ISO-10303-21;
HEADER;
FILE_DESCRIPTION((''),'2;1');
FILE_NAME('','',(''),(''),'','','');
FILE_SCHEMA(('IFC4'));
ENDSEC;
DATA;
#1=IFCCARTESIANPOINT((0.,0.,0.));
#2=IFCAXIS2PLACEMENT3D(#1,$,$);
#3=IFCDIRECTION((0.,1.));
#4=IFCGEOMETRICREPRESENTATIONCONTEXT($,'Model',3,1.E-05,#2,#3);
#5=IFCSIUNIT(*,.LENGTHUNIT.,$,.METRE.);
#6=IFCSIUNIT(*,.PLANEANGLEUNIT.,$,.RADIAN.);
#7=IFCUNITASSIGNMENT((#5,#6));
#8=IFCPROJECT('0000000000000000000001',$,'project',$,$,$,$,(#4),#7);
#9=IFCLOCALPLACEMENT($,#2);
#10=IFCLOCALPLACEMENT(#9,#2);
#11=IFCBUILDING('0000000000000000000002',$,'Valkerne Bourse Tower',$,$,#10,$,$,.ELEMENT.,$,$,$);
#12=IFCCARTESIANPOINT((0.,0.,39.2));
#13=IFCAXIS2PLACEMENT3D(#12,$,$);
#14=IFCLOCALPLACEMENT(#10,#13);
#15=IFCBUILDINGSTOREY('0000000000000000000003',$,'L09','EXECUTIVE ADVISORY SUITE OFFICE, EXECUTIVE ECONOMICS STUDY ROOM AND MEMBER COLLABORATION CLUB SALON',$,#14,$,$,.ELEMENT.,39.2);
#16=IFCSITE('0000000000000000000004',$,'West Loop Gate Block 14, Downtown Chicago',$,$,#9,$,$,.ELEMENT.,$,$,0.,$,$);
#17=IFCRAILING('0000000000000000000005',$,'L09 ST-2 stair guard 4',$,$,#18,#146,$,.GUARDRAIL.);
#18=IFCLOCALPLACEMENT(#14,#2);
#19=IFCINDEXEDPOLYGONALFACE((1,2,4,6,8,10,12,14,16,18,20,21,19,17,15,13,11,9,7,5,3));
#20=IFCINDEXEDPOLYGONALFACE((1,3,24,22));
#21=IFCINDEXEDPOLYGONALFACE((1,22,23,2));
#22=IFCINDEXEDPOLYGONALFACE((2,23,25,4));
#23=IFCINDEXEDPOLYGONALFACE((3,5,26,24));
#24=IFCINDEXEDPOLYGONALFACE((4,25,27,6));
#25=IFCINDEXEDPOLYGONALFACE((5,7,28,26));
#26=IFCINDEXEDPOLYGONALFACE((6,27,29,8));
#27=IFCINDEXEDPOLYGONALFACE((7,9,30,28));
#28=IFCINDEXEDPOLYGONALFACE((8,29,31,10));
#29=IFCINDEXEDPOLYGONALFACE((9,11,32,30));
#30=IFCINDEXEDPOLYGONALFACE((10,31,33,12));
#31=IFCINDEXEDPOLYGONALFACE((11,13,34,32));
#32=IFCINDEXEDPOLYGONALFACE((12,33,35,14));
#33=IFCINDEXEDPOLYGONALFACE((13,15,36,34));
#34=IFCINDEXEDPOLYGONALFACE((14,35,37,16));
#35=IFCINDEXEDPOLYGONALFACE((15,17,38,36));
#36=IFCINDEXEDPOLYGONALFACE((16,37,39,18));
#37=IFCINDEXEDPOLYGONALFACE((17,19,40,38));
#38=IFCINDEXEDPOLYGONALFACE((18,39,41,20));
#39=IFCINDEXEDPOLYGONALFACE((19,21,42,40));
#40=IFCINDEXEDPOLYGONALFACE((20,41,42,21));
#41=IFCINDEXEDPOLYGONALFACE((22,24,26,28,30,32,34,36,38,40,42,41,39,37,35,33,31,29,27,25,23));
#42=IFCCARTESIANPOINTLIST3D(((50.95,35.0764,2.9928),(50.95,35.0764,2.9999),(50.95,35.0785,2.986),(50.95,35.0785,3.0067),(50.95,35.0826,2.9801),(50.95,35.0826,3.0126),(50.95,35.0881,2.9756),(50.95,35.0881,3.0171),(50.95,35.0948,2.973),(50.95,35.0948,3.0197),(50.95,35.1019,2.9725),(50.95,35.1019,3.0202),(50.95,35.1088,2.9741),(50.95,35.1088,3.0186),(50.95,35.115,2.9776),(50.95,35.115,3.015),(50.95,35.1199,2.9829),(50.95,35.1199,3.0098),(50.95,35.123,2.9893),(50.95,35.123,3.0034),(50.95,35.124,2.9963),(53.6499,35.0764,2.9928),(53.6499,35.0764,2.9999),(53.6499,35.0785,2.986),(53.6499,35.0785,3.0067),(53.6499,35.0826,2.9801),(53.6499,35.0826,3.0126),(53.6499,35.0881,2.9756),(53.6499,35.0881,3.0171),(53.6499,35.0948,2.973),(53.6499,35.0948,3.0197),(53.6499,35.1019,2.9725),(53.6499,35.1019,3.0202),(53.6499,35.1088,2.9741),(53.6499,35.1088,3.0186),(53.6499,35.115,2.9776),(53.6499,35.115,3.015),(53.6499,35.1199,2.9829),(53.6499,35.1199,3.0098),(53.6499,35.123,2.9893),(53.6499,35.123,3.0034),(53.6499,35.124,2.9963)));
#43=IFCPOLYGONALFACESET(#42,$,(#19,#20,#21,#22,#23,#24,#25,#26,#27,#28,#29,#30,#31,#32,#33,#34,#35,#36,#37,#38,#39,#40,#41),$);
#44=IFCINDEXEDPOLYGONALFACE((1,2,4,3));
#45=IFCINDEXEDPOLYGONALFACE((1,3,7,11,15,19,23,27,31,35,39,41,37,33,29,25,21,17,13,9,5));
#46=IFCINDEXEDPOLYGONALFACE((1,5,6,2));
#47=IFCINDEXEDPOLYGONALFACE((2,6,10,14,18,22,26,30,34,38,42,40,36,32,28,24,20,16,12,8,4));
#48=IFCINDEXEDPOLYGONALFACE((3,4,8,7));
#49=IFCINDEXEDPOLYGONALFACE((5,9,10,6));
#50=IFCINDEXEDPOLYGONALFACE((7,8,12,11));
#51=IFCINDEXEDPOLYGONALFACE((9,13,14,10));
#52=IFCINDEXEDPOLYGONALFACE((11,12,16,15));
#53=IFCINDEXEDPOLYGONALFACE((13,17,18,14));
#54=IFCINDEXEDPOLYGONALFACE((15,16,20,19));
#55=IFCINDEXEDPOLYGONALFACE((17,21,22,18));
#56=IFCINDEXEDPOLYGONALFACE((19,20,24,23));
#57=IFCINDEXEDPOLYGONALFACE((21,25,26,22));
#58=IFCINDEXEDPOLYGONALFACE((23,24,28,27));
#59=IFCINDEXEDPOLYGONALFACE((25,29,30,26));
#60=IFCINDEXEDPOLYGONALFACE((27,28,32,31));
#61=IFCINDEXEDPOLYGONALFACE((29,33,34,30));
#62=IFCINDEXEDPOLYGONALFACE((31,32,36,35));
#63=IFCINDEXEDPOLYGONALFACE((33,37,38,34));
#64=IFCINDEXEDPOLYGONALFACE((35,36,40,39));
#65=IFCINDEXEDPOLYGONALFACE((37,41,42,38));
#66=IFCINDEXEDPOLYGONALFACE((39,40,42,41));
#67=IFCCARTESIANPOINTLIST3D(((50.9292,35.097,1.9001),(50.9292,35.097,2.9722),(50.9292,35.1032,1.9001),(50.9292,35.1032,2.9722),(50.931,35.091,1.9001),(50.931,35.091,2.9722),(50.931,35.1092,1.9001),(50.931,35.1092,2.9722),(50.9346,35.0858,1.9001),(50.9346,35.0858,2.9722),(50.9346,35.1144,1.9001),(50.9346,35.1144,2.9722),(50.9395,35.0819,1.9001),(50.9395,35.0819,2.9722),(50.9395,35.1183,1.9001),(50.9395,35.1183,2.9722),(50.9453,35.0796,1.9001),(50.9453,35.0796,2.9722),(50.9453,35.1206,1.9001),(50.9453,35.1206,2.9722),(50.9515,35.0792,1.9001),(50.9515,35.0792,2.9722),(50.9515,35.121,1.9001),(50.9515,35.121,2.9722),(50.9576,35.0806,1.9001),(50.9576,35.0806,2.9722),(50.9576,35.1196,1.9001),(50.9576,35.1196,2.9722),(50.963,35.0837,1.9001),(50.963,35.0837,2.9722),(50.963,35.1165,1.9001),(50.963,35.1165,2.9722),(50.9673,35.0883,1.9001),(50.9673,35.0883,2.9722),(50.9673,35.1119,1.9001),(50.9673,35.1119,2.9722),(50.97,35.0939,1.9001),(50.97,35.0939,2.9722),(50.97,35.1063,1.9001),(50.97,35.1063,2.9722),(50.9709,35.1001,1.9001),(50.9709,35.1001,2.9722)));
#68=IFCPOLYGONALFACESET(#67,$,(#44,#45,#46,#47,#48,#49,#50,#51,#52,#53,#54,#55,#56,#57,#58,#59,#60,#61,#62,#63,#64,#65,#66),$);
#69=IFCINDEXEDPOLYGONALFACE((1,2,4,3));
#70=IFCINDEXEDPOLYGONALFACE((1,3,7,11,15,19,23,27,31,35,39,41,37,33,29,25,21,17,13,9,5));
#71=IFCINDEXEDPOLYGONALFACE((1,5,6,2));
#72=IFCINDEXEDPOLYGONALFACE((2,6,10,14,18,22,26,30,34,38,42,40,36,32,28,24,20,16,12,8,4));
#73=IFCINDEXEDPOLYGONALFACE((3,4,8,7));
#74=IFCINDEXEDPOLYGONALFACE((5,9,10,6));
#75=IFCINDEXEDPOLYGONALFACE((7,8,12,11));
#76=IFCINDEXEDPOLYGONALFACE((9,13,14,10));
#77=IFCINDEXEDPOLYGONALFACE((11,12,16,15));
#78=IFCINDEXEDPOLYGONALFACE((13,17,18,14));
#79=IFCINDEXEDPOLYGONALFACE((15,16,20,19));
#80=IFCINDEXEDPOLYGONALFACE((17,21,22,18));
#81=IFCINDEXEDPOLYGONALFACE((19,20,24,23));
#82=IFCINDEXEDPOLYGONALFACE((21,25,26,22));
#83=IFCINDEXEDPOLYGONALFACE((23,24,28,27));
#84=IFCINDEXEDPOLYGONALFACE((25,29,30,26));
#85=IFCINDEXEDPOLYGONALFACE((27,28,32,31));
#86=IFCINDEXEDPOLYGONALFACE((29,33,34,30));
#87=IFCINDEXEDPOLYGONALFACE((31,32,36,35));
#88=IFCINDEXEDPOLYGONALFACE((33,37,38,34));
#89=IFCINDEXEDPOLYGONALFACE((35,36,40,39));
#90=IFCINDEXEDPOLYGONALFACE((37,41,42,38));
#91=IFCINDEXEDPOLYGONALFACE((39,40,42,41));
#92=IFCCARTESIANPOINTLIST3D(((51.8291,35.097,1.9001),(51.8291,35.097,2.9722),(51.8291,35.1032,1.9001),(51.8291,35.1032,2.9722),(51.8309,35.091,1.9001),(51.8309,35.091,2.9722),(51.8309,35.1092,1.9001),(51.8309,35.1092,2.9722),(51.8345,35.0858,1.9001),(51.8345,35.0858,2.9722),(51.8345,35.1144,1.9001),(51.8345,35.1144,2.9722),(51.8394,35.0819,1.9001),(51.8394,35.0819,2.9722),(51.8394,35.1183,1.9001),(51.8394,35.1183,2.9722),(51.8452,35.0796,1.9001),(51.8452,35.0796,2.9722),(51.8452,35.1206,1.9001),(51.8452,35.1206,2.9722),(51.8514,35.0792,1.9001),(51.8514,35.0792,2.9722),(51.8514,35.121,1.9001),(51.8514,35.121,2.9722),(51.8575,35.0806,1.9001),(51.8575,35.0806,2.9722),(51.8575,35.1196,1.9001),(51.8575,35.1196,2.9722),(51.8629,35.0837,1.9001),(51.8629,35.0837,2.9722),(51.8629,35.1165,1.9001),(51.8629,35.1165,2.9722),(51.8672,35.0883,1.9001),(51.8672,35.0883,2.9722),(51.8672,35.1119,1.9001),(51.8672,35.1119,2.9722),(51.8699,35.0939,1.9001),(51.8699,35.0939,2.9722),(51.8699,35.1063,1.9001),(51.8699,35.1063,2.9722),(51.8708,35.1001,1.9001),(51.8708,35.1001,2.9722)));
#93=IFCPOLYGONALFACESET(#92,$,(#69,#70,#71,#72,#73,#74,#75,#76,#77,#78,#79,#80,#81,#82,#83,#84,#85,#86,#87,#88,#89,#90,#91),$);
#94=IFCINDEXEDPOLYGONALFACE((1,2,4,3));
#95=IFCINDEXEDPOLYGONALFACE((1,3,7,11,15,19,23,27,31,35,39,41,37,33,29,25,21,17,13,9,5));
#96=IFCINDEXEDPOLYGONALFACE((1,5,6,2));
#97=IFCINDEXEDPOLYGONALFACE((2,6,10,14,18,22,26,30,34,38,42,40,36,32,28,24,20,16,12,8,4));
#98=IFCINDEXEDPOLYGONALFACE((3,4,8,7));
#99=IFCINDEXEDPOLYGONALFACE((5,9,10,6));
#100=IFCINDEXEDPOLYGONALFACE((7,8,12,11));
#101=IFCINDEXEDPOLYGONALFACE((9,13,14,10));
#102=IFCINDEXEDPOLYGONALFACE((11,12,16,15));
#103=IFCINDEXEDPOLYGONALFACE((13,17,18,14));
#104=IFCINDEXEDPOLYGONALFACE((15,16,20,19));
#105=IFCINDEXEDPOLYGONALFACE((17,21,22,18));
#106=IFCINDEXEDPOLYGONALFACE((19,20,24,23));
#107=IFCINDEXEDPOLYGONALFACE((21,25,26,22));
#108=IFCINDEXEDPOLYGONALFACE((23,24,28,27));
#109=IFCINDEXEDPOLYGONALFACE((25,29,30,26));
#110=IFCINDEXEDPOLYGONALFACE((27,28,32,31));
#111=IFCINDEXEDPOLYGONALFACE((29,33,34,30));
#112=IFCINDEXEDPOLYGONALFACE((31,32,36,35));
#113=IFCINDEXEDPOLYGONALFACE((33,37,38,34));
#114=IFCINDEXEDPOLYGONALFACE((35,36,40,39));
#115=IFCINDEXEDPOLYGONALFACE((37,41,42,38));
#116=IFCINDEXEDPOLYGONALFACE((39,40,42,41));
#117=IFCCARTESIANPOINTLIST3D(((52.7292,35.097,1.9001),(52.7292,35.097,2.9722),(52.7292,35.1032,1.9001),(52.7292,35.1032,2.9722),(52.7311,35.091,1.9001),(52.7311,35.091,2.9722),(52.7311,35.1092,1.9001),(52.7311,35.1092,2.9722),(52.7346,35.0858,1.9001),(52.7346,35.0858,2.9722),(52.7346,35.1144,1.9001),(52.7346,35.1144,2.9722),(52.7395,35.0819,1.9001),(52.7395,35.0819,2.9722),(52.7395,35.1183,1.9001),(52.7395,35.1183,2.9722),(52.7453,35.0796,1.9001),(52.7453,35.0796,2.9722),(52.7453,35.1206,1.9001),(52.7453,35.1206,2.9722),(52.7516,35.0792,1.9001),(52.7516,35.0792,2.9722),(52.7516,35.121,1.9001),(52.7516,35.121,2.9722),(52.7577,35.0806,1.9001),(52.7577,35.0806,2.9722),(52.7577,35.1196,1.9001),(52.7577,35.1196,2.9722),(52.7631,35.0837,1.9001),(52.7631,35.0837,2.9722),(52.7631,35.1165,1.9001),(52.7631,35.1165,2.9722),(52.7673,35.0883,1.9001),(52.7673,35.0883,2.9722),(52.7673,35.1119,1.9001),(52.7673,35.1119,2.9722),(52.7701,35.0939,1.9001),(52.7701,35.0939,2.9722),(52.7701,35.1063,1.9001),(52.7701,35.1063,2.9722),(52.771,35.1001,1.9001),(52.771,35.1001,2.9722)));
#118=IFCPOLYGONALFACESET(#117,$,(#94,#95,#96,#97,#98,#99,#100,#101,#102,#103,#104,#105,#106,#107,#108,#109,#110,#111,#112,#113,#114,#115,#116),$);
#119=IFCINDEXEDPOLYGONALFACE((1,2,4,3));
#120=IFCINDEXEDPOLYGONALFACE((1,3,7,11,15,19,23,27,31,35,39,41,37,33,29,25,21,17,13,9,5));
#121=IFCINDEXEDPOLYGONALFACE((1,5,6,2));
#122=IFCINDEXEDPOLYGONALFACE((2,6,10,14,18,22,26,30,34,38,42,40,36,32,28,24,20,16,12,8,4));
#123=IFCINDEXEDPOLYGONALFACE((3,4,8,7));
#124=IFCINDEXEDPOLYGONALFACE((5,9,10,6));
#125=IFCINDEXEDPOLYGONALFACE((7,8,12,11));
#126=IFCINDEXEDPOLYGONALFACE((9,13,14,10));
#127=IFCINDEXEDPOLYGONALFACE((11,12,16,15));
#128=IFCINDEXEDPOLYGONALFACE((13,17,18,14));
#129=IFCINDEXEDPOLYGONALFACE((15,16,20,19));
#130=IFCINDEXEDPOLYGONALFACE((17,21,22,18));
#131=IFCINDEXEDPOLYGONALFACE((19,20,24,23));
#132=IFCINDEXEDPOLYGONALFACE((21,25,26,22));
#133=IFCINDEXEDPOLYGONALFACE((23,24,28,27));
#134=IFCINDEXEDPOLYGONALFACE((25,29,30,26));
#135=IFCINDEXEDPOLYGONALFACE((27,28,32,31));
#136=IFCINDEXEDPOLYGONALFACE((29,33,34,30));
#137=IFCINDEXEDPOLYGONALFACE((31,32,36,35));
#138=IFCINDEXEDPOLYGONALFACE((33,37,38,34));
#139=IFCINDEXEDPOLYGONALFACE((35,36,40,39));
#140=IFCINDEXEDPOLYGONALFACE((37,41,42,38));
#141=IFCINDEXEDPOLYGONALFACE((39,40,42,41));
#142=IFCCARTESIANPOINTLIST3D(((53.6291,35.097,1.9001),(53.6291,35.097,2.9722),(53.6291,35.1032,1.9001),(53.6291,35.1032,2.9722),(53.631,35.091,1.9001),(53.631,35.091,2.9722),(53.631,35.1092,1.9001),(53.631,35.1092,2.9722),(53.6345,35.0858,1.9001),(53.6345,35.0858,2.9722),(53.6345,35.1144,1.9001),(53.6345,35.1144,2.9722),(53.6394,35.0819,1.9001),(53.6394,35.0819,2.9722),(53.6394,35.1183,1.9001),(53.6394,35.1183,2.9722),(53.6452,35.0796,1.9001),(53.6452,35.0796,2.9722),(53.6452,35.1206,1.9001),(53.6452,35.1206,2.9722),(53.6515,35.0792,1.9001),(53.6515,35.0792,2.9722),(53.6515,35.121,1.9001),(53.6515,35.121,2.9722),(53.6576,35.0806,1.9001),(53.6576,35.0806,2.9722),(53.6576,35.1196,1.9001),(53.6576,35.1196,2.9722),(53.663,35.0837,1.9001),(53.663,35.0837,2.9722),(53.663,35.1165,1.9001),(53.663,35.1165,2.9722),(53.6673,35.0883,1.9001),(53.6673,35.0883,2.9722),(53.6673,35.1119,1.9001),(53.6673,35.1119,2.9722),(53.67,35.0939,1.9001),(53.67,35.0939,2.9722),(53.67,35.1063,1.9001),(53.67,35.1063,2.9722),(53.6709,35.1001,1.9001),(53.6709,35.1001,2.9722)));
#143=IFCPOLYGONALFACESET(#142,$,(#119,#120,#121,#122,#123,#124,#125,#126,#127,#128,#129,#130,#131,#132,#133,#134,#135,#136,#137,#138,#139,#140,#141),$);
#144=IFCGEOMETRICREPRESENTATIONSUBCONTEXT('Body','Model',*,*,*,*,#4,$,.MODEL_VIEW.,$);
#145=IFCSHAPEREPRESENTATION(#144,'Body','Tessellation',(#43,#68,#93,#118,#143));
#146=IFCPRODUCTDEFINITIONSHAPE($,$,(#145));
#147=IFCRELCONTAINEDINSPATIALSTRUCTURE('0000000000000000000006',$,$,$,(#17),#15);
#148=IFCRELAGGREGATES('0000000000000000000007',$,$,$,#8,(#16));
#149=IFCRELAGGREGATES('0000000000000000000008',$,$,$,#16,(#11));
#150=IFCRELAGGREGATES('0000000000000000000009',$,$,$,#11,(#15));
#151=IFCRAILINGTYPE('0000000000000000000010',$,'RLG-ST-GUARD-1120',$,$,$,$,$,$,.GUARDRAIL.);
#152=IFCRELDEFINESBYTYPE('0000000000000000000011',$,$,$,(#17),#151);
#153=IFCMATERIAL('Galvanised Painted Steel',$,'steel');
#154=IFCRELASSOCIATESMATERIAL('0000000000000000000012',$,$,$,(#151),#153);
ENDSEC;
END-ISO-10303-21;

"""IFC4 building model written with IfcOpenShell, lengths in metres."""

from ifc_helpers import new_model, si_unit, direction, frame, origin, origin_2d, place, context, subcontext, project, spatial, circle, extrude, material, type_object, element, save


model = new_model("IFC4")

# Units and contexts
model_context = context("Model", 3, precision=1e-05, world=origin(), true_north=direction((0.0, 1.0)))
body_context = subcontext(model_context, "Body", "Model", "MODEL_VIEW")
ifc_project = project(units=[si_unit("LENGTHUNIT", "METRE"), si_unit("PLANEANGLEUNIT", "RADIAN")], contexts=[model_context])

# Site, building, storey
site_placement = place(None, origin())
site = spatial("IfcSite", under=ifc_project, at=site_placement, Name="West Loop Gate Block 14, Downtown Chicago", CompositionType="ELEMENT", RefElevation=0.0)
building_placement = place(site_placement, origin())
building = spatial("IfcBuilding", under=site, at=building_placement, Name="Valkerne Bourse Tower", CompositionType="ELEMENT")
storey_placement = place(building_placement, frame((0.0, 0.0, 39.2)))
storey = spatial("IfcBuildingStorey", under=building, at=storey_placement, Name="L09", Description="EXECUTIVE ADVISORY SUITE OFFICE, EXECUTIVE ECONOMICS STUDY ROOM AND MEMBER COLLABORATION CLUB SALON", CompositionType="ELEMENT", Elevation=39.2)

# Railing
ifc_material_1 = material(Name="Galvanised Painted Steel", Category="steel")
railing_type_1 = type_object("IfcRailingType", Name="RLG-ST-GUARD-1120", PredefinedType="GUARDRAIL", material=ifc_material_1)
railing_1_placement = place(storey_placement, frame((50.95, 35.1001, 1.9001)))
element("IfcRailing", 1, at=railing_1_placement, inside=storey, type_object=railing_type_1, Name="L09 ST-2 stair guard 4", PredefinedType="GUARDRAIL", context=body_context, shape_type="SweptSolid", body=[
    extrude(circle(Radius=0.0239, at=origin_2d()), frame((0.0, 0.0, 1.0962), z_axis=(1.0, 0.0, 0.0), x_axis=(0.0, 1.0, 0.0)), (0.0, 0.0, 1.0), 2.7),
    extrude(circle(Radius=0.021, at=origin_2d()), origin(), (0.0, 0.0, 1.0), 1.072),
    extrude(circle(Radius=0.021, at=origin_2d()), frame((0.8999, 0.0, 0.0)), (0.0, 0.0, 1.0), 1.072),
    extrude(circle(Radius=0.021, at=origin_2d()), frame((1.8, 0.0, 0.0)), (0.0, 0.0, 1.0), 1.072),
    extrude(circle(Radius=0.021, at=origin_2d()), frame((2.7, 0.0, 0.0)), (0.0, 0.0, 1.0), 1.072),
])

save(model, "model.ifc")
